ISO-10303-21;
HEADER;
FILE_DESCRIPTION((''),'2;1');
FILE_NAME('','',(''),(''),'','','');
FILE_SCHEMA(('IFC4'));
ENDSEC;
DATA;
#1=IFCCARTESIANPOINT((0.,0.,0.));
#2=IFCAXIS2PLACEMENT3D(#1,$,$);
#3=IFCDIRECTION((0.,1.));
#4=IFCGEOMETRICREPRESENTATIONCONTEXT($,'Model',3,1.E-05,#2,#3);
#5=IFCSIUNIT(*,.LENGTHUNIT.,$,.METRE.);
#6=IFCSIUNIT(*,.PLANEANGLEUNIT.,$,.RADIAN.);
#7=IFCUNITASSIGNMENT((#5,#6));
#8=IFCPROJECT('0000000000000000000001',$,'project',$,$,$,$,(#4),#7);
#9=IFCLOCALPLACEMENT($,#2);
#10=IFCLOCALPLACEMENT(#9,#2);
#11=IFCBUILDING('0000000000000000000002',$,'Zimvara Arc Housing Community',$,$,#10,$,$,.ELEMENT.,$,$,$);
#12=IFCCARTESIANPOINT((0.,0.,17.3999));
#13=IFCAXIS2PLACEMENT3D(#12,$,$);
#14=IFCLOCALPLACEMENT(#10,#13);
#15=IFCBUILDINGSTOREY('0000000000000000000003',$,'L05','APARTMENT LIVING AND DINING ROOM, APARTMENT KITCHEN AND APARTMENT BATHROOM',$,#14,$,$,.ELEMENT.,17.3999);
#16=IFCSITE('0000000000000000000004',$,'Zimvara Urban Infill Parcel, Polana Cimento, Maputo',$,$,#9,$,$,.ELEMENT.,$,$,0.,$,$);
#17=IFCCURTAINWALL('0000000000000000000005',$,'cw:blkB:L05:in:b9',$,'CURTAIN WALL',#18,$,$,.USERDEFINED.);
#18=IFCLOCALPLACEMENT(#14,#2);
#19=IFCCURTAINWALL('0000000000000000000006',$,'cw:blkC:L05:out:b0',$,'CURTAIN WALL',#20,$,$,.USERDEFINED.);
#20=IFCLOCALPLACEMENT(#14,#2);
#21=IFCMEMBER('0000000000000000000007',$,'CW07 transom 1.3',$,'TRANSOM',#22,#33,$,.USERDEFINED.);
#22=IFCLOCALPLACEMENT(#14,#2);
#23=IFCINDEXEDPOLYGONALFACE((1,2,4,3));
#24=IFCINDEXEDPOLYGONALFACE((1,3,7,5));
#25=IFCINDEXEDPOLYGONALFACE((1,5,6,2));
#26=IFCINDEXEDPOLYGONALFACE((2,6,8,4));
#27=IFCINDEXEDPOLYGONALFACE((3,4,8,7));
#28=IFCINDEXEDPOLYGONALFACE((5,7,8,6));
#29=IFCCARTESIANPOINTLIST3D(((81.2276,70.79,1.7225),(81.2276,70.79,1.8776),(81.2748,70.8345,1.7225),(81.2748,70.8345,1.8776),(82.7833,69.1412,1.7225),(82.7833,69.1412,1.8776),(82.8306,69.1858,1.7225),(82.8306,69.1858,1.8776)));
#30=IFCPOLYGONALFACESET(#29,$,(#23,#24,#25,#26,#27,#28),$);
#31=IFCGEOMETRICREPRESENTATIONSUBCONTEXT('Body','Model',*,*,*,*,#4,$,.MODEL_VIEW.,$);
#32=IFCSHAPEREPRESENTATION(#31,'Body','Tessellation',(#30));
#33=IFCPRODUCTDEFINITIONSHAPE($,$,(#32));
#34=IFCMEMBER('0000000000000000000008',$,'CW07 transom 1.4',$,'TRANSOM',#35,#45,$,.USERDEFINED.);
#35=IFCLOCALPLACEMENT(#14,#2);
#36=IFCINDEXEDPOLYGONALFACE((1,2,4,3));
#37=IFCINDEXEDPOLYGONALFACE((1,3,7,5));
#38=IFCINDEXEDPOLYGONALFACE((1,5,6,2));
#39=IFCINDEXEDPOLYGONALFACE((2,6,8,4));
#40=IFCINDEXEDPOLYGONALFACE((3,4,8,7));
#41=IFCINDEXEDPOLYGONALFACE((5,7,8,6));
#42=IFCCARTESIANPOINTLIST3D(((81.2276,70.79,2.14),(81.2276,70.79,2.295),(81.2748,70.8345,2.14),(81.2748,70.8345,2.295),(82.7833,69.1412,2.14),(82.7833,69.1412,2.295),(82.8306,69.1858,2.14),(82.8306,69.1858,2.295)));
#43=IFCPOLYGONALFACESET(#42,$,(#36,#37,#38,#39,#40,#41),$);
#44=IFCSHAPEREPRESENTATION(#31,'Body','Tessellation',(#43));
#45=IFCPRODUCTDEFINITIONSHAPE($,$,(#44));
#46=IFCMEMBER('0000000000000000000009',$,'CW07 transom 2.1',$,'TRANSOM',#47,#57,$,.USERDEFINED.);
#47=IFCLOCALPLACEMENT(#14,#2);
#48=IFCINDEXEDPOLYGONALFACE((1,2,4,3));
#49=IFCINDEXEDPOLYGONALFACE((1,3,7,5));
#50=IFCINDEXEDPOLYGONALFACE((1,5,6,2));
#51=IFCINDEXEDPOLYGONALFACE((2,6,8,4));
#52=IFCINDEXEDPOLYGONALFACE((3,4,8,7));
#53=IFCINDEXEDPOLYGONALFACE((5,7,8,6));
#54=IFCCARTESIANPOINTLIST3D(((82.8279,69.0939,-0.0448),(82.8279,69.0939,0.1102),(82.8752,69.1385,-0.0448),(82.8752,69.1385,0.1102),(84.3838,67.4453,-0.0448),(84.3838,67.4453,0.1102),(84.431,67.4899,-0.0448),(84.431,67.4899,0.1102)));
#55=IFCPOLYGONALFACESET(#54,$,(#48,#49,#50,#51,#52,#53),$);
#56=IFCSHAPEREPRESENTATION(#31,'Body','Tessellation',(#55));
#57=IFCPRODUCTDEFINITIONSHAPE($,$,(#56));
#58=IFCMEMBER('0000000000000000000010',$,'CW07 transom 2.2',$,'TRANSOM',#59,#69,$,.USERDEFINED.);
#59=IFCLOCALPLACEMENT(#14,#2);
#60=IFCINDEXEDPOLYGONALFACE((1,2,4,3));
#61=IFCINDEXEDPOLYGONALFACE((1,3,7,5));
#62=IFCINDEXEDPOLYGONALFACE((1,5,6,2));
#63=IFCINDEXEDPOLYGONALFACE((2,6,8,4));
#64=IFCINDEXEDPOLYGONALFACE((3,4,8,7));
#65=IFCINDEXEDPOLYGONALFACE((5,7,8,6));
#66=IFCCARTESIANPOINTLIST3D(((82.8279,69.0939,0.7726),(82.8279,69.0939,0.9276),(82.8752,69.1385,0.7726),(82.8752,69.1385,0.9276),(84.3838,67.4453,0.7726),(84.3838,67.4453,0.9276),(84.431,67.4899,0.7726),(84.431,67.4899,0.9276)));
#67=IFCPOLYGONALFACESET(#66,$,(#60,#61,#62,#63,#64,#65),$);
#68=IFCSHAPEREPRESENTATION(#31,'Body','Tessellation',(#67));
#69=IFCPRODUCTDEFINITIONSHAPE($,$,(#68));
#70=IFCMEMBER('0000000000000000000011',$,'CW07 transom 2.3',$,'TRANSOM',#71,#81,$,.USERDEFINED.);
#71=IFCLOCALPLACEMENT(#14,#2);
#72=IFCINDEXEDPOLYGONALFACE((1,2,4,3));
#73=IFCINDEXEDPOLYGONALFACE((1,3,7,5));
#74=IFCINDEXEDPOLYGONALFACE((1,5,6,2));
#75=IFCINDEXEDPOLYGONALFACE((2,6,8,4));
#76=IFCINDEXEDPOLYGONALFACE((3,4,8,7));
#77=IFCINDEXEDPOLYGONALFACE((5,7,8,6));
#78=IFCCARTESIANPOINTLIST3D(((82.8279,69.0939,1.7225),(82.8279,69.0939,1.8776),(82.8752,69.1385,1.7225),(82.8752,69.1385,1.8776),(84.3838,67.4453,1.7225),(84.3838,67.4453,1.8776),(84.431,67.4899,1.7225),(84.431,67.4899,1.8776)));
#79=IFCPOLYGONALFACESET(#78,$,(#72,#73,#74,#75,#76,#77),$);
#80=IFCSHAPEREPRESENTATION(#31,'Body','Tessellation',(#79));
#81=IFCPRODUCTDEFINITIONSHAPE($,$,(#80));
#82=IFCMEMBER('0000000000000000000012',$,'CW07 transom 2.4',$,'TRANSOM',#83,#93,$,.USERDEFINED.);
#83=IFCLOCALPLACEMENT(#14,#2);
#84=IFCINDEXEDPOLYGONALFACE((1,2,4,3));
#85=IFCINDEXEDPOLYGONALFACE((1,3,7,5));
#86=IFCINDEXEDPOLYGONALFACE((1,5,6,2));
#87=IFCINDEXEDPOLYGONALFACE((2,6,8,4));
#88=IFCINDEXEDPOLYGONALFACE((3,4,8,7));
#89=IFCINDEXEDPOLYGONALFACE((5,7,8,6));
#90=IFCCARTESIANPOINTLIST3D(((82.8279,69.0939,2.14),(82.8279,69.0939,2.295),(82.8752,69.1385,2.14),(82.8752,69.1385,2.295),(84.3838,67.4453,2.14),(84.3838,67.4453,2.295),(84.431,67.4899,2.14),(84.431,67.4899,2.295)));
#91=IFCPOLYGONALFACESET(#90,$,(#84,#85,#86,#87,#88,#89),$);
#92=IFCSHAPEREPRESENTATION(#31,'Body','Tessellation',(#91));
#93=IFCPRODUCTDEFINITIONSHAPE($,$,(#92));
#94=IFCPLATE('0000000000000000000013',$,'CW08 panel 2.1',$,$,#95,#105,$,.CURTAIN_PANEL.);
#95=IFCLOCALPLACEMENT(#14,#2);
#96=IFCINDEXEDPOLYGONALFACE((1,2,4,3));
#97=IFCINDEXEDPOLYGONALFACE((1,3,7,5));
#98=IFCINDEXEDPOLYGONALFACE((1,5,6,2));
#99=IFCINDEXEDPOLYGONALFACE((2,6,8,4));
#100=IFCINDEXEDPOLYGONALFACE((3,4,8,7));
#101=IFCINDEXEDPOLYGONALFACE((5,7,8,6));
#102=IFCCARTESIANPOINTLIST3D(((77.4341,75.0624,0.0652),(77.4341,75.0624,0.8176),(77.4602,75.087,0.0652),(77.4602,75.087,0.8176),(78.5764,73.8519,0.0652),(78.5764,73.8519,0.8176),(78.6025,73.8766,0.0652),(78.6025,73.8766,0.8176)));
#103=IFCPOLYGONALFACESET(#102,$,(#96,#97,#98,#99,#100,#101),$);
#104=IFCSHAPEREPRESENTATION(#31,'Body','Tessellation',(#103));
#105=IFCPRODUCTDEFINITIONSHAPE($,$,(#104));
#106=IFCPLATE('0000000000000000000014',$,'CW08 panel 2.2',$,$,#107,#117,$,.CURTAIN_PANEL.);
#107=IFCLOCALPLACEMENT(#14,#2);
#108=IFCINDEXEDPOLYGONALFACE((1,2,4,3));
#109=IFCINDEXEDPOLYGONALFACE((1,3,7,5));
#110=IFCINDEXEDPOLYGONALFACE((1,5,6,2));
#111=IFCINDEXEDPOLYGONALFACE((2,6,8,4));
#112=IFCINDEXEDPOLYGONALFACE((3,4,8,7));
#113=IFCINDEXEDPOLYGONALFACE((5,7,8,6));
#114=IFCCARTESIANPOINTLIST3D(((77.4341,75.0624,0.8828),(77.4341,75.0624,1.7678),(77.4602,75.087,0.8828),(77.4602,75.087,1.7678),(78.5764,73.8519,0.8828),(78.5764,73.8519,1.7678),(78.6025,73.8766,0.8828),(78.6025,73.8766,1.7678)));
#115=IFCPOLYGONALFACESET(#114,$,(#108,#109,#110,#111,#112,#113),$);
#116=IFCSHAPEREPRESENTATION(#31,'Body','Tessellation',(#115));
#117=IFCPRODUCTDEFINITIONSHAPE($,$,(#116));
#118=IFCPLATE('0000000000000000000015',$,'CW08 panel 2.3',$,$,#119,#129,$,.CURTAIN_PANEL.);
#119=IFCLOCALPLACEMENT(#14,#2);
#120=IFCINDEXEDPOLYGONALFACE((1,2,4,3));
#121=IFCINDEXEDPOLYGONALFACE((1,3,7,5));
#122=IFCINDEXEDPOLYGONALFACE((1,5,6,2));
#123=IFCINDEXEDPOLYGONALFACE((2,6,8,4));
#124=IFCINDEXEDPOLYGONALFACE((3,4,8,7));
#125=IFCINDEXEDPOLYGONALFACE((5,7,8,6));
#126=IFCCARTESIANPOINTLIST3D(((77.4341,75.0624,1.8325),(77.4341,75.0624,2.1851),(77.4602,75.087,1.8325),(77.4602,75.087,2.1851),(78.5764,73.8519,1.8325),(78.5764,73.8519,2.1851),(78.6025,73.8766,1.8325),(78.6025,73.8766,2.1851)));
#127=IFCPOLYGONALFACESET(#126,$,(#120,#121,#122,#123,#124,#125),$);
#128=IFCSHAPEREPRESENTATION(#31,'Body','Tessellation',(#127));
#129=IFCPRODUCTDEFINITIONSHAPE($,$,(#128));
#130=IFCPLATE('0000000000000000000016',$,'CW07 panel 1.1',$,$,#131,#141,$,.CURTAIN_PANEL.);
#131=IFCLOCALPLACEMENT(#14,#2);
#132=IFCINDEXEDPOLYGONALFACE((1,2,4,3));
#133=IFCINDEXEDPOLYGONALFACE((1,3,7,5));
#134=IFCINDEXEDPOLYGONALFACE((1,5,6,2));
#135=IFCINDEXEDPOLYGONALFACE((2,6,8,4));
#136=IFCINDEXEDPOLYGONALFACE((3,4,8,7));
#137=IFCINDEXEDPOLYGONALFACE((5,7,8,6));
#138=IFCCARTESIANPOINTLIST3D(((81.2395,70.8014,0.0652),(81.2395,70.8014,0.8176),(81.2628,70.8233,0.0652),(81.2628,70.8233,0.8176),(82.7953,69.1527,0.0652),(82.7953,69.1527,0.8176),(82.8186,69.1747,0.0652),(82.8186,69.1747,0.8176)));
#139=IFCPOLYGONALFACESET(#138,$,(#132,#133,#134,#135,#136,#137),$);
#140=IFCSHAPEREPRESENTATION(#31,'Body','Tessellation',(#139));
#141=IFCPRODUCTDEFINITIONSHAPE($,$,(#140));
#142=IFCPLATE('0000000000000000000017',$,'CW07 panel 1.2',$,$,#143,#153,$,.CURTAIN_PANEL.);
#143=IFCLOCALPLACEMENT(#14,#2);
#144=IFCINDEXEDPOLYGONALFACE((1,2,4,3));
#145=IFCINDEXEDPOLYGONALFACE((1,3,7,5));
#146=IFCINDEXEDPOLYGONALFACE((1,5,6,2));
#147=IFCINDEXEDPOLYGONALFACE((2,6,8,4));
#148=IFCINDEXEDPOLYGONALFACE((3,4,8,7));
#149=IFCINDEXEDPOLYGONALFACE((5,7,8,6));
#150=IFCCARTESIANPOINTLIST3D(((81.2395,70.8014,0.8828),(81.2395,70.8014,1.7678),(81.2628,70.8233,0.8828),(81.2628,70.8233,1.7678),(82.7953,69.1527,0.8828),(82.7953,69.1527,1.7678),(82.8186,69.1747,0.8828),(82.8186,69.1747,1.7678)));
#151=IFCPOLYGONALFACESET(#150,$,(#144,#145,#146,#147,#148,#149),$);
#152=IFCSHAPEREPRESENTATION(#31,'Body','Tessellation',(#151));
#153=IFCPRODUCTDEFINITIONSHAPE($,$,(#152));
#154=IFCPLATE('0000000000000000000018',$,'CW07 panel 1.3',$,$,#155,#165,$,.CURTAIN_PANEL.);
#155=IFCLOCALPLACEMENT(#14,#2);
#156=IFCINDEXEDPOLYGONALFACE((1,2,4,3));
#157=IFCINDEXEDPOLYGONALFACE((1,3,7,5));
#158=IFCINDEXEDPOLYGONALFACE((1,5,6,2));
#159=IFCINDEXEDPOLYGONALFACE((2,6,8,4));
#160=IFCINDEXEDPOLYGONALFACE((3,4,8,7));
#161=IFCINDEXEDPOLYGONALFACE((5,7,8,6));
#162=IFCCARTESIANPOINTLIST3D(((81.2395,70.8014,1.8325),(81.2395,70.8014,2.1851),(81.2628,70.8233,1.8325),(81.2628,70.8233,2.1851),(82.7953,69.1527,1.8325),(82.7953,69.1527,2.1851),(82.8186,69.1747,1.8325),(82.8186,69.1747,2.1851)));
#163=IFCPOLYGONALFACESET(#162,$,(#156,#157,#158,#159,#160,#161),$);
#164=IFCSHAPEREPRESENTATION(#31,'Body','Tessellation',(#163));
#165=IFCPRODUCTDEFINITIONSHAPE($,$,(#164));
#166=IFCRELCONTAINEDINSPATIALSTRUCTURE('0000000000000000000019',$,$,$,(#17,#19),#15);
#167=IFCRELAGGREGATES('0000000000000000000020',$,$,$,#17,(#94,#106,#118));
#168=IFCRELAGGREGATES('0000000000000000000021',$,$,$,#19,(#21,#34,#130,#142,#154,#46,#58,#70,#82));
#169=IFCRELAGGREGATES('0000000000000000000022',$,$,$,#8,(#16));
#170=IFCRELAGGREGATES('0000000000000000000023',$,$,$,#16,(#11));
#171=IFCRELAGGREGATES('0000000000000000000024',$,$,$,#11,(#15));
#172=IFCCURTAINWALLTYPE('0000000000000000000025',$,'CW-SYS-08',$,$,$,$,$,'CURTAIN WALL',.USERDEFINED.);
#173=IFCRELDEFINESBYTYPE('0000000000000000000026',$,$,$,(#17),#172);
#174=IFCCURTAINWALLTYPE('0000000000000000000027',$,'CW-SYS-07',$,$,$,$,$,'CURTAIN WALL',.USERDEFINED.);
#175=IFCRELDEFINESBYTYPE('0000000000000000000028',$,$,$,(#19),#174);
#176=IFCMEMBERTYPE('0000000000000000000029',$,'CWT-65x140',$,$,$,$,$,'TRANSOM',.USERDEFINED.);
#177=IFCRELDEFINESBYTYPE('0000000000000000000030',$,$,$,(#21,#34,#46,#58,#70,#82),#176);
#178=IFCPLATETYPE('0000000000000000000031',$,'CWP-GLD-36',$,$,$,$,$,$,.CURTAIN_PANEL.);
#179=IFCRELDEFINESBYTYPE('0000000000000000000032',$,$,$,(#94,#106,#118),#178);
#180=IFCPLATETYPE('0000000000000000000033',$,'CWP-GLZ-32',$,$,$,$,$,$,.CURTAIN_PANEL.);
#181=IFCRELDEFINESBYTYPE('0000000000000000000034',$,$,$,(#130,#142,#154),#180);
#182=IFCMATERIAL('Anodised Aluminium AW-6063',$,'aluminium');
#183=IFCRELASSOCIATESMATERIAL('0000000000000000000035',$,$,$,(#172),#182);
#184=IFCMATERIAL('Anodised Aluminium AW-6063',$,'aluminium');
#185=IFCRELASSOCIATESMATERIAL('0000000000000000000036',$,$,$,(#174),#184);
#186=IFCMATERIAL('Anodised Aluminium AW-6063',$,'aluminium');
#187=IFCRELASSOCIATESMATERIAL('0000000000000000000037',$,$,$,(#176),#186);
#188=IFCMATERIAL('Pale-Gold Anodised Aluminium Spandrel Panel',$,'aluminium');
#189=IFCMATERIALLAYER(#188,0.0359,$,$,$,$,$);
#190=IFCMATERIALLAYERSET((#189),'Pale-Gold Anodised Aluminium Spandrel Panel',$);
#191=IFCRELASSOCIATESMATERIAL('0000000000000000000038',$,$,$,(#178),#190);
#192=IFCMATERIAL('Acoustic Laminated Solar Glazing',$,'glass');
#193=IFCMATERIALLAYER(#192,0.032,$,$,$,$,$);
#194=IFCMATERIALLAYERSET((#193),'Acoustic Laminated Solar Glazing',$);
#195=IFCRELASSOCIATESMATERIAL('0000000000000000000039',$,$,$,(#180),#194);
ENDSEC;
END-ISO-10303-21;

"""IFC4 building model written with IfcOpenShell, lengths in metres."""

from ifc_helpers import new_model, si_unit, direction, frame, origin, origin_2d, place, context, subcontext, project, spatial, rectangle, extrude, material, layer, layer_set, material_profile, profile_set, type_object, element, aggregate, save


model = new_model("IFC4")

# Units and contexts
model_context = context("Model", 3, precision=1e-05, world=origin(), true_north=direction((0.0, 1.0)))
body_context = subcontext(model_context, "Body", "Model", "MODEL_VIEW")
ifc_project = project(units=[si_unit("LENGTHUNIT", "METRE"), si_unit("PLANEANGLEUNIT", "RADIAN")], contexts=[model_context])

# Site, building, storey
site_placement = place(None, origin())
site = spatial("IfcSite", under=ifc_project, at=site_placement, Name="Zimvara Urban Infill Parcel, Polana Cimento, Maputo", CompositionType="ELEMENT", RefElevation=0.0)
building_placement = place(site_placement, origin())
building = spatial("IfcBuilding", under=site, at=building_placement, Name="Zimvara Arc Housing Community", CompositionType="ELEMENT")
storey_placement = place(building_placement, frame((0.0, 0.0, 17.3999)))
storey = spatial("IfcBuildingStorey", under=building, at=storey_placement, Name="L05", Description="APARTMENT LIVING AND DINING ROOM, APARTMENT KITCHEN AND APARTMENT BATHROOM", CompositionType="ELEMENT", Elevation=17.3999)

# Curtain wall
ifc_material_1 = material(Name="Anodised Aluminium AW-6063", Category="aluminium")
curtain_wall_type_1 = type_object("IfcCurtainWallType", Name="CW-SYS-08", ElementType="CURTAIN WALL", PredefinedType="USERDEFINED", material=ifc_material_1)
curtain_wall_1_placement = place(storey_placement, origin())
curtain_wall_1 = element("IfcCurtainWall", 1, at=curtain_wall_1_placement, inside=storey, type_object=curtain_wall_type_1, Name="cw:blkB:L05:in:b9", ObjectType="CURTAIN WALL", PredefinedType="USERDEFINED")

# Curtain wall, members
ifc_material_2 = material(Name="Anodised Aluminium AW-6063", Category="aluminium")
curtain_wall_type_2 = type_object("IfcCurtainWallType", Name="CW-SYS-07", ElementType="CURTAIN WALL", PredefinedType="USERDEFINED", material=ifc_material_2)
curtain_wall_2_placement = place(storey_placement, origin())
curtain_wall_2 = element("IfcCurtainWall", 2, at=curtain_wall_2_placement, inside=storey, type_object=curtain_wall_type_2, Name="cw:blkC:L05:out:b0", ObjectType="CURTAIN WALL", PredefinedType="USERDEFINED")
ifc_material_3 = material(Name="Anodised Aluminium AW-6063", Category="aluminium")
ifc_material_profile_1 = material_profile(ifc_material_3, rectangle(XDim=0.0649, YDim=0.155, at=origin_2d()), Name="ALU 65x155")
ifc_profile_set_1 = profile_set([ifc_material_profile_1], Name="Anodised Aluminium AW-6063")
member_type_1 = type_object("IfcMemberType", Name="CWT-65x140", ElementType="TRANSOM", PredefinedType="USERDEFINED", material=ifc_profile_set_1)
member_1_placement = place(storey_placement, frame((81.2512, 70.8123, 1.8), z_axis=(0.686291, -0.727327, 0.0), x_axis=(0.727327, 0.686291, 0.0)))
member_1 = element("IfcMember", 3, at=member_1_placement, type_object=member_type_1, Name="CW07 transom 1.3", ObjectType="TRANSOM", PredefinedType="USERDEFINED", context=body_context, shape_type="SweptSolid", body=[
    extrude(rectangle(XDim=0.0649, YDim=0.155, at=origin_2d()), origin(), (0.0, 0.0, 1.0), 2.2668),
])
member_2_placement = place(storey_placement, frame((81.2512, 70.8123, 2.2175), z_axis=(0.686291, -0.727327, 0.0), x_axis=(0.727327, 0.686291, 0.0)))
member_2 = element("IfcMember", 4, at=member_2_placement, type_object=member_type_1, Name="CW07 transom 1.4", ObjectType="TRANSOM", PredefinedType="USERDEFINED", context=body_context, shape_type="SweptSolid", body=[
    extrude(rectangle(XDim=0.0649, YDim=0.155, at=origin_2d()), origin(), (0.0, 0.0, 1.0), 2.2668),
])
member_3_placement = place(storey_placement, frame((82.8516, 69.1162, 0.0327), z_axis=(0.686348, -0.727273, 0.0), x_axis=(0.727273, 0.686348, 0.0)))
member_3 = element("IfcMember", 5, at=member_3_placement, type_object=member_type_1, Name="CW07 transom 2.1", ObjectType="TRANSOM", PredefinedType="USERDEFINED", context=body_context, shape_type="SweptSolid", body=[
    extrude(rectangle(XDim=0.0649, YDim=0.155, at=origin_2d()), origin(), (0.0, 0.0, 1.0), 2.2668),
])
member_4_placement = place(storey_placement, frame((82.8516, 69.1162, 0.8501), z_axis=(0.686348, -0.727273, 0.0), x_axis=(0.727273, 0.686348, 0.0)))
member_4 = element("IfcMember", 6, at=member_4_placement, type_object=member_type_1, Name="CW07 transom 2.2", ObjectType="TRANSOM", PredefinedType="USERDEFINED", context=body_context, shape_type="SweptSolid", body=[
    extrude(rectangle(XDim=0.0649, YDim=0.155, at=origin_2d()), origin(), (0.0, 0.0, 1.0), 2.2668),
])
member_5_placement = place(storey_placement, frame((82.8516, 69.1162, 1.8), z_axis=(0.686348, -0.727273, 0.0), x_axis=(0.727273, 0.686348, 0.0)))
member_5 = element("IfcMember", 7, at=member_5_placement, type_object=member_type_1, Name="CW07 transom 2.3", ObjectType="TRANSOM", PredefinedType="USERDEFINED", context=body_context, shape_type="SweptSolid", body=[
    extrude(rectangle(XDim=0.0649, YDim=0.155, at=origin_2d()), origin(), (0.0, 0.0, 1.0), 2.2668),
])
member_6_placement = place(storey_placement, frame((82.8516, 69.1162, 2.2175), z_axis=(0.686348, -0.727273, 0.0), x_axis=(0.727273, 0.686348, 0.0)))
member_6 = element("IfcMember", 8, at=member_6_placement, type_object=member_type_1, Name="CW07 transom 2.4", ObjectType="TRANSOM", PredefinedType="USERDEFINED", context=body_context, shape_type="SweptSolid", body=[
    extrude(rectangle(XDim=0.0649, YDim=0.155, at=origin_2d()), origin(), (0.0, 0.0, 1.0), 2.2668),
])

# Plates
ifc_material_4 = material(Name="Pale-Gold Anodised Aluminium Spandrel Panel", Category="aluminium")
ifc_layer_1 = layer(ifc_material_4, 0.0359)
ifc_layer_set_1 = layer_set([ifc_layer_1], Name="Pale-Gold Anodised Aluminium Spandrel Panel")
plate_type_1 = type_object("IfcPlateType", Name="CWP-GLD-36", PredefinedType="CURTAIN_PANEL", material=ifc_layer_set_1)
plate_1_placement = place(storey_placement, frame((78.0183, 74.4695, 0.0652), z_axis=(0.0, 0.0, 1.0), x_axis=(0.686327, -0.727293, 0.0)))
plate_1 = element("IfcPlate", 9, at=plate_1_placement, type_object=plate_type_1, Name="CW08 panel 2.1", PredefinedType="CURTAIN_PANEL", context=body_context, shape_type="SweptSolid", body=[
    extrude(rectangle(XDim=1.6643, YDim=0.0359, at=origin_2d()), origin(), (0.0, 0.0, 1.0), 0.7524),
])
plate_2_placement = place(storey_placement, frame((78.0183, 74.4695, 0.8828), z_axis=(0.0, 0.0, 1.0), x_axis=(0.686327, -0.727293, 0.0)))
plate_2 = element("IfcPlate", 10, at=plate_2_placement, type_object=plate_type_1, Name="CW08 panel 2.2", PredefinedType="CURTAIN_PANEL", context=body_context, shape_type="SweptSolid", body=[
    extrude(rectangle(XDim=1.6643, YDim=0.0359, at=origin_2d()), origin(), (0.0, 0.0, 1.0), 0.885),
])
plate_3_placement = place(storey_placement, frame((78.0183, 74.4695, 1.8325), z_axis=(0.0, 0.0, 1.0), x_axis=(0.686327, -0.727293, 0.0)))
plate_3 = element("IfcPlate", 11, at=plate_3_placement, type_object=plate_type_1, Name="CW08 panel 2.3", PredefinedType="CURTAIN_PANEL", context=body_context, shape_type="SweptSolid", body=[
    extrude(rectangle(XDim=1.6643, YDim=0.0359, at=origin_2d()), origin(), (0.0, 0.0, 1.0), 0.3525),
])
aggregate(curtain_wall_1, [plate_1, plate_2, plate_3])
ifc_material_5 = material(Name="Acoustic Laminated Solar Glazing", Category="glass")
ifc_layer_2 = layer(ifc_material_5, 0.032)
ifc_layer_set_2 = layer_set([ifc_layer_2], Name="Acoustic Laminated Solar Glazing")
plate_type_2 = type_object("IfcPlateType", Name="CWP-GLZ-32", PredefinedType="CURTAIN_PANEL", material=ifc_layer_set_2)
plate_4_placement = place(storey_placement, frame((82.0291, 69.988, 0.0652), z_axis=(0.0, 0.0, 1.0), x_axis=(0.686326, -0.727294, 0.0)))
plate_4 = element("IfcPlate", 12, at=plate_4_placement, type_object=plate_type_2, Name="CW07 panel 1.1", PredefinedType="CURTAIN_PANEL", context=body_context, shape_type="SweptSolid", body=[
    extrude(rectangle(XDim=2.2668, YDim=0.032, at=origin_2d()), origin(), (0.0, 0.0, 1.0), 0.7524),
])
plate_5_placement = place(storey_placement, frame((82.0291, 69.988, 0.8828), z_axis=(0.0, 0.0, 1.0), x_axis=(0.686326, -0.727294, 0.0)))
plate_5 = element("IfcPlate", 13, at=plate_5_placement, type_object=plate_type_2, Name="CW07 panel 1.2", PredefinedType="CURTAIN_PANEL", context=body_context, shape_type="SweptSolid", body=[
    extrude(rectangle(XDim=2.2668, YDim=0.032, at=origin_2d()), origin(), (0.0, 0.0, 1.0), 0.885),
])
plate_6_placement = place(storey_placement, frame((82.0291, 69.988, 1.8325), z_axis=(0.0, 0.0, 1.0), x_axis=(0.686326, -0.727294, 0.0)))
plate_6 = element("IfcPlate", 14, at=plate_6_placement, type_object=plate_type_2, Name="CW07 panel 1.3", PredefinedType="CURTAIN_PANEL", context=body_context, shape_type="SweptSolid", body=[
    extrude(rectangle(XDim=2.2668, YDim=0.032, at=origin_2d()), origin(), (0.0, 0.0, 1.0), 0.3525),
])
aggregate(curtain_wall_2, [member_1, member_2, plate_4, plate_5, plate_6, member_3, member_4, member_5, member_6])

save(model, "model.ifc")
